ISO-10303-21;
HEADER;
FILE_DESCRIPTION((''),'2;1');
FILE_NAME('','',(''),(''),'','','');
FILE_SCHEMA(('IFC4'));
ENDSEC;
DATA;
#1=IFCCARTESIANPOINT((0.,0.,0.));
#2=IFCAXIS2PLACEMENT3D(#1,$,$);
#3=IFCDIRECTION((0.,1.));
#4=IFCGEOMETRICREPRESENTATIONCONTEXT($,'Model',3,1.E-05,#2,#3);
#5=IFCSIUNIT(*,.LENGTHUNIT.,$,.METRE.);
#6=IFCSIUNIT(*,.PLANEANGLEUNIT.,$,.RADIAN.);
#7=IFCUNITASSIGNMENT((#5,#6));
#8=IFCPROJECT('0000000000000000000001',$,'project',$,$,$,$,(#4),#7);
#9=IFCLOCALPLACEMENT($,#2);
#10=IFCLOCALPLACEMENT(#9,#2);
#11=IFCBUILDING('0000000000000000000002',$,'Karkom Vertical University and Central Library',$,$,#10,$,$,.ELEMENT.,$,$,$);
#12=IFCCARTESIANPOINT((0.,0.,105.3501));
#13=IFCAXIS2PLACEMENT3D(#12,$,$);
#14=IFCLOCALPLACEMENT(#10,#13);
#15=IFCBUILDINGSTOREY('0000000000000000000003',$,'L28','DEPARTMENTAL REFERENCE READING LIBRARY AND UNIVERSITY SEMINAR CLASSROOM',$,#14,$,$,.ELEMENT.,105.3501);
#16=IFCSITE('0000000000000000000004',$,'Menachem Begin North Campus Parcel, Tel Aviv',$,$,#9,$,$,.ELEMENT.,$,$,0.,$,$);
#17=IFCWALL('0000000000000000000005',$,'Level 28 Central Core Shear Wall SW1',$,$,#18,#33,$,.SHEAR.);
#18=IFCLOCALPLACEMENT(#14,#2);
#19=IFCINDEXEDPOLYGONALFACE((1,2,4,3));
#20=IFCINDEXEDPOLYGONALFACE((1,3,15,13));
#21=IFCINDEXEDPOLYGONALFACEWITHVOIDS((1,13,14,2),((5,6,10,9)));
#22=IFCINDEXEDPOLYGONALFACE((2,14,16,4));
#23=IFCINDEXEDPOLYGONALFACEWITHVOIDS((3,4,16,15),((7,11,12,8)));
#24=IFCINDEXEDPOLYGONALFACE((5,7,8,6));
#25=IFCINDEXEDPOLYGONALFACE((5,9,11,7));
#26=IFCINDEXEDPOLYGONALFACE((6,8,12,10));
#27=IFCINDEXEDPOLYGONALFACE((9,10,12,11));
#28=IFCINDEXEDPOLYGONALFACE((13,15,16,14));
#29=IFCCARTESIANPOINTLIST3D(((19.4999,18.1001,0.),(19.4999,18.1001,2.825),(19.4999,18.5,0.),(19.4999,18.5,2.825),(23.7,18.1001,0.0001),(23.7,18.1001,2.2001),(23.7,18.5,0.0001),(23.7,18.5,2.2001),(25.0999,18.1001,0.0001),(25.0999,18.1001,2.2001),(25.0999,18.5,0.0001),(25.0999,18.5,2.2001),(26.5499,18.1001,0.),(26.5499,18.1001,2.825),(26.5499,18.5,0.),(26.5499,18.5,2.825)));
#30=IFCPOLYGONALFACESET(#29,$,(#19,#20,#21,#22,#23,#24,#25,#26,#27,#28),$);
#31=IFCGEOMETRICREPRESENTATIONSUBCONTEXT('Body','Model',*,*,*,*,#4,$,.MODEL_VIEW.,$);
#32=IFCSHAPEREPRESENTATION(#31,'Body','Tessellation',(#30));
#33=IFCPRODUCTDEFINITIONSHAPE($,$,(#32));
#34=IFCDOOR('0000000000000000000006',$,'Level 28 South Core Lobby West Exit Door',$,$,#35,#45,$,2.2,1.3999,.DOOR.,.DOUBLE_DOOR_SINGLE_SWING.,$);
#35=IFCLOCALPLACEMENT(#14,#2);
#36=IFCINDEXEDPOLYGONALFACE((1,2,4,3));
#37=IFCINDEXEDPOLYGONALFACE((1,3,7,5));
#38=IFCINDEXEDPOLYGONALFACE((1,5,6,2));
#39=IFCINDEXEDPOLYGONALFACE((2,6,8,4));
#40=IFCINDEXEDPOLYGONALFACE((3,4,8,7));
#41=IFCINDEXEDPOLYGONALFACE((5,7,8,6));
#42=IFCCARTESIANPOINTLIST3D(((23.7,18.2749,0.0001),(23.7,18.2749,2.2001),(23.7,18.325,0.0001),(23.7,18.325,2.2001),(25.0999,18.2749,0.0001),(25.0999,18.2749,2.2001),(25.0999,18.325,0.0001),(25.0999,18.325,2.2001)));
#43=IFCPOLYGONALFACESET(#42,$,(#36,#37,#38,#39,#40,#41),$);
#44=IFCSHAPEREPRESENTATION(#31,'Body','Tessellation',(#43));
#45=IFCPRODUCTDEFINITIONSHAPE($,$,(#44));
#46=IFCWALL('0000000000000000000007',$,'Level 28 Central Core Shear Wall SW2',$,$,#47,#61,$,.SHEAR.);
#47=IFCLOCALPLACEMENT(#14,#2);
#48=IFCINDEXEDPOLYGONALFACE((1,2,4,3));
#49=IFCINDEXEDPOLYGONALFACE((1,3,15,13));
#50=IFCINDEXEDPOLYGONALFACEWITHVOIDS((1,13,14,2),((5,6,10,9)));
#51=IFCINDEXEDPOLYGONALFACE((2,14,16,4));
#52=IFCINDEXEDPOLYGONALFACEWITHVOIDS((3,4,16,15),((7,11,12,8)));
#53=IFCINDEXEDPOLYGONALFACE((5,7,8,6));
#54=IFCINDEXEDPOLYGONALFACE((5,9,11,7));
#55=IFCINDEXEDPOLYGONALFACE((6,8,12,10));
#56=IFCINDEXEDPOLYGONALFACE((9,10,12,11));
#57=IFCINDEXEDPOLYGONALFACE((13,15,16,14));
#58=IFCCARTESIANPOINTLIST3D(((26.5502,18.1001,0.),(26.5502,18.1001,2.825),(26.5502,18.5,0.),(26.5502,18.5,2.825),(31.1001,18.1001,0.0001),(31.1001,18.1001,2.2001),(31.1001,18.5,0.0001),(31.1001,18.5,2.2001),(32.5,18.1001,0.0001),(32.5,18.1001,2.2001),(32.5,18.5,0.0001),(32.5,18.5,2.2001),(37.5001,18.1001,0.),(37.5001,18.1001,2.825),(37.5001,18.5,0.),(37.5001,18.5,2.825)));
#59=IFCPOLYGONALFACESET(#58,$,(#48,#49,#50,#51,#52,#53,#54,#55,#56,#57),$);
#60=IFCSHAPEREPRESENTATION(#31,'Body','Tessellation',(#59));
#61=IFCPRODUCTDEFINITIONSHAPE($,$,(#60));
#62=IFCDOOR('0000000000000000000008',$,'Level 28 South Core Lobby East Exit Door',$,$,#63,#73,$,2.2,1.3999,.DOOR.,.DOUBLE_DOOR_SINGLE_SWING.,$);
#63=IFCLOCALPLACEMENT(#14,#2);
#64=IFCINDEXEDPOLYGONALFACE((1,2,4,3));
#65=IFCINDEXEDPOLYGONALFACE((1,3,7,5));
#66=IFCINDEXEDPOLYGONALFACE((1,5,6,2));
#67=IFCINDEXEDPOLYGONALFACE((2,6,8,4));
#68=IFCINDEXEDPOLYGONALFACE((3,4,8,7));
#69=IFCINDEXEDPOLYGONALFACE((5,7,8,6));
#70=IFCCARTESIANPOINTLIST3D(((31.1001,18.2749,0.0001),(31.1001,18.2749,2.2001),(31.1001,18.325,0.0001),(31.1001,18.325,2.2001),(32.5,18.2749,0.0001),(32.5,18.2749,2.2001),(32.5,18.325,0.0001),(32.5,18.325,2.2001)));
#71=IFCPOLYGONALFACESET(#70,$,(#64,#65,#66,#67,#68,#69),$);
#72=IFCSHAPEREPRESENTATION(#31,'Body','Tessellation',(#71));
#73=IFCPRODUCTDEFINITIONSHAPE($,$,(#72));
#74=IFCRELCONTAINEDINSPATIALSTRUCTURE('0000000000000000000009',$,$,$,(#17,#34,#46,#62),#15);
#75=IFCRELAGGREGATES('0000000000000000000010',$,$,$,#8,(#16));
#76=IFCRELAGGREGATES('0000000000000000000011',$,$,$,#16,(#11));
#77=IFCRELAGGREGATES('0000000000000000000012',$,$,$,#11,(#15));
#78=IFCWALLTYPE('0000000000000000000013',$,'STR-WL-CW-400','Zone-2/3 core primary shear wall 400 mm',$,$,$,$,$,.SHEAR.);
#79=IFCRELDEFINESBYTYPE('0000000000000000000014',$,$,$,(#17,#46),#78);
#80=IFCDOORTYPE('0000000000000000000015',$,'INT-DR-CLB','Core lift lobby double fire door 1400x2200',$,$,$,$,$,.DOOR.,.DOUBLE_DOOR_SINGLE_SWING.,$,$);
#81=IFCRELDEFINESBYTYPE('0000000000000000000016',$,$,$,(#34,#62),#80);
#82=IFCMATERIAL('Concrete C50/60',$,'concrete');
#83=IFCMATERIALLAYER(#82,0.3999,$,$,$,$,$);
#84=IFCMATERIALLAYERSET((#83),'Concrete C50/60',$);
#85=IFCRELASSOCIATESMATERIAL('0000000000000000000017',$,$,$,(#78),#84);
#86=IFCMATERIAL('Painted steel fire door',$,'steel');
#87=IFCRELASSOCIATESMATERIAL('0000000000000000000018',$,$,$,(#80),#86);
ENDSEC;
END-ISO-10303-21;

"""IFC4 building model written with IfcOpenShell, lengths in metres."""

from ifc_helpers import new_model, si_unit, direction, frame, frame_2d, origin, origin_with_axes, place, context, subcontext, project, spatial, rectangle, extrude, source, transform, mapped, material, layer, layer_set, type_object, element, fill, save


model = new_model("IFC4")

# Units and contexts
model_context = context("Model", 3, precision=1e-05, world=origin(), true_north=direction((0.0, 1.0)))
body_context = subcontext(model_context, "Body", "Model", "MODEL_VIEW")
ifc_project = project(units=[si_unit("LENGTHUNIT", "METRE"), si_unit("PLANEANGLEUNIT", "RADIAN")], contexts=[model_context])

# Site, building, storey
site_placement = place(None, origin())
site = spatial("IfcSite", under=ifc_project, at=site_placement, Name="Menachem Begin North Campus Parcel, Tel Aviv", CompositionType="ELEMENT", RefElevation=0.0)
building_placement = place(site_placement, origin())
building = spatial("IfcBuilding", under=site, at=building_placement, Name="Karkom Vertical University and Central Library", CompositionType="ELEMENT")
storey_placement = place(building_placement, frame((0.0, 0.0, 105.3501)))
storey = spatial("IfcBuildingStorey", under=building, at=storey_placement, Name="L28", Description="DEPARTMENTAL REFERENCE READING LIBRARY AND UNIVERSITY SEMINAR CLASSROOM", CompositionType="ELEMENT", Elevation=105.3501)

# Shared definitions
ifc_material_1 = material(Name="Concrete C50/60", Category="concrete")

# Walls, openings, doors
ifc_layer_1 = layer(ifc_material_1, 0.3999)
ifc_layer_set_1 = layer_set([ifc_layer_1], Name="Concrete C50/60")
wall_type_1 = type_object("IfcWallType", Name="STR-WL-CW-400", Description="Zone-2/3 core primary shear wall 400 mm", PredefinedType="SHEAR", material=ifc_layer_set_1)
wall_1_placement = place(storey_placement, frame((19.5, 18.3, 0.0), z_axis=(0.0, 0.0, 1.0), x_axis=(1.0, 0.0, 0.0)))
wall_1 = element("IfcWall", 1, at=wall_1_placement, inside=storey, type_object=wall_type_1, Name="Level 28 Central Core Shear Wall SW1", PredefinedType="SHEAR", context=body_context, shape_type="SweptSolid", body=[
    extrude(rectangle(XDim=7.05, YDim=0.3999, at=frame_2d((3.5249, 0.0))), origin(), (0.0, 0.0, 1.0), 2.825),
])
opening_1_placement = place(wall_1_placement, frame((4.2, 0.0, 0.0)))
opening_1 = element("IfcOpeningElement", 2, at=opening_1_placement, cuts=wall_1, PredefinedType="OPENING", context=body_context, shape_type="SweptSolid", body=[
    extrude(rectangle(XDim=1.3999, YDim=2.2, at=frame_2d((0.7, 1.1001))), frame((0.0, 0.21, 0.0), z_axis=(0.0, -1.0, 0.0), x_axis=(1.0, 0.0, 0.0)), (0.0, 0.0, 1.0), 0.4199),
])
ifc_material_2 = material(Name="Painted steel fire door", Category="steel")
door_type_1 = type_object("IfcDoorType", Name="INT-DR-CLB", Description="Core lift lobby double fire door 1400x2200", OperationType="DOUBLE_DOOR_SINGLE_SWING", PredefinedType="DOOR", material=ifc_material_2)
shared_shape_1 = source(origin_with_axes(), body_context, "Body", "SweptSolid", [
    extrude(rectangle(XDim=1.3999, YDim=2.2, at=frame_2d((0.7, 1.1001))), frame((0.0, 0.0249, 0.0), z_axis=(0.0, -1.0, 0.0), x_axis=(1.0, 0.0, 0.0)), (0.0, 0.0, 1.0), 0.05),
])
door_1_placement = place(opening_1_placement, origin())
door_1 = element("IfcDoor", 3, at=door_1_placement, inside=storey, type_object=door_type_1, Name="Level 28 South Core Lobby West Exit Door", OperationType="DOUBLE_DOOR_SINGLE_SWING", OverallHeight=2.2, OverallWidth=1.3999, PredefinedType="DOOR", context=body_context, shape_type="MappedRepresentation", body=[
    mapped(shared_shape_1, transform((0.0, 0.0, 0.0), scale=1.0)),
])
fill(opening_1, door_1)
wall_2_placement = place(storey_placement, frame((26.55, 18.3, 0.0), z_axis=(0.0, 0.0, 1.0), x_axis=(1.0, 0.0, 0.0)))
wall_2 = element("IfcWall", 4, at=wall_2_placement, inside=storey, type_object=wall_type_1, Name="Level 28 Central Core Shear Wall SW2", PredefinedType="SHEAR", context=body_context, shape_type="SweptSolid", body=[
    extrude(rectangle(XDim=10.95, YDim=0.3999, at=frame_2d((5.4751, 0.0))), origin(), (0.0, 0.0, 1.0), 2.825),
])
opening_2_placement = place(wall_2_placement, frame((4.55, 0.0, 0.0)))
opening_2 = element("IfcOpeningElement", 5, at=opening_2_placement, cuts=wall_2, PredefinedType="OPENING", context=body_context, shape_type="SweptSolid", body=[
    extrude(rectangle(XDim=1.3999, YDim=2.2, at=frame_2d((0.7, 1.1001))), frame((0.0, 0.21, 0.0), z_axis=(0.0, -1.0, 0.0), x_axis=(1.0, 0.0, 0.0)), (0.0, 0.0, 1.0), 0.4199),
])
door_2_placement = place(opening_2_placement, origin())
door_2 = element("IfcDoor", 6, at=door_2_placement, inside=storey, type_object=door_type_1, Name="Level 28 South Core Lobby East Exit Door", OperationType="DOUBLE_DOOR_SINGLE_SWING", OverallHeight=2.2, OverallWidth=1.3999, PredefinedType="DOOR", context=body_context, shape_type="MappedRepresentation", body=[
    mapped(shared_shape_1, transform((0.0, 0.0, 0.0), scale=1.0)),
])
fill(opening_2, door_2)

save(model, "model.ifc")
